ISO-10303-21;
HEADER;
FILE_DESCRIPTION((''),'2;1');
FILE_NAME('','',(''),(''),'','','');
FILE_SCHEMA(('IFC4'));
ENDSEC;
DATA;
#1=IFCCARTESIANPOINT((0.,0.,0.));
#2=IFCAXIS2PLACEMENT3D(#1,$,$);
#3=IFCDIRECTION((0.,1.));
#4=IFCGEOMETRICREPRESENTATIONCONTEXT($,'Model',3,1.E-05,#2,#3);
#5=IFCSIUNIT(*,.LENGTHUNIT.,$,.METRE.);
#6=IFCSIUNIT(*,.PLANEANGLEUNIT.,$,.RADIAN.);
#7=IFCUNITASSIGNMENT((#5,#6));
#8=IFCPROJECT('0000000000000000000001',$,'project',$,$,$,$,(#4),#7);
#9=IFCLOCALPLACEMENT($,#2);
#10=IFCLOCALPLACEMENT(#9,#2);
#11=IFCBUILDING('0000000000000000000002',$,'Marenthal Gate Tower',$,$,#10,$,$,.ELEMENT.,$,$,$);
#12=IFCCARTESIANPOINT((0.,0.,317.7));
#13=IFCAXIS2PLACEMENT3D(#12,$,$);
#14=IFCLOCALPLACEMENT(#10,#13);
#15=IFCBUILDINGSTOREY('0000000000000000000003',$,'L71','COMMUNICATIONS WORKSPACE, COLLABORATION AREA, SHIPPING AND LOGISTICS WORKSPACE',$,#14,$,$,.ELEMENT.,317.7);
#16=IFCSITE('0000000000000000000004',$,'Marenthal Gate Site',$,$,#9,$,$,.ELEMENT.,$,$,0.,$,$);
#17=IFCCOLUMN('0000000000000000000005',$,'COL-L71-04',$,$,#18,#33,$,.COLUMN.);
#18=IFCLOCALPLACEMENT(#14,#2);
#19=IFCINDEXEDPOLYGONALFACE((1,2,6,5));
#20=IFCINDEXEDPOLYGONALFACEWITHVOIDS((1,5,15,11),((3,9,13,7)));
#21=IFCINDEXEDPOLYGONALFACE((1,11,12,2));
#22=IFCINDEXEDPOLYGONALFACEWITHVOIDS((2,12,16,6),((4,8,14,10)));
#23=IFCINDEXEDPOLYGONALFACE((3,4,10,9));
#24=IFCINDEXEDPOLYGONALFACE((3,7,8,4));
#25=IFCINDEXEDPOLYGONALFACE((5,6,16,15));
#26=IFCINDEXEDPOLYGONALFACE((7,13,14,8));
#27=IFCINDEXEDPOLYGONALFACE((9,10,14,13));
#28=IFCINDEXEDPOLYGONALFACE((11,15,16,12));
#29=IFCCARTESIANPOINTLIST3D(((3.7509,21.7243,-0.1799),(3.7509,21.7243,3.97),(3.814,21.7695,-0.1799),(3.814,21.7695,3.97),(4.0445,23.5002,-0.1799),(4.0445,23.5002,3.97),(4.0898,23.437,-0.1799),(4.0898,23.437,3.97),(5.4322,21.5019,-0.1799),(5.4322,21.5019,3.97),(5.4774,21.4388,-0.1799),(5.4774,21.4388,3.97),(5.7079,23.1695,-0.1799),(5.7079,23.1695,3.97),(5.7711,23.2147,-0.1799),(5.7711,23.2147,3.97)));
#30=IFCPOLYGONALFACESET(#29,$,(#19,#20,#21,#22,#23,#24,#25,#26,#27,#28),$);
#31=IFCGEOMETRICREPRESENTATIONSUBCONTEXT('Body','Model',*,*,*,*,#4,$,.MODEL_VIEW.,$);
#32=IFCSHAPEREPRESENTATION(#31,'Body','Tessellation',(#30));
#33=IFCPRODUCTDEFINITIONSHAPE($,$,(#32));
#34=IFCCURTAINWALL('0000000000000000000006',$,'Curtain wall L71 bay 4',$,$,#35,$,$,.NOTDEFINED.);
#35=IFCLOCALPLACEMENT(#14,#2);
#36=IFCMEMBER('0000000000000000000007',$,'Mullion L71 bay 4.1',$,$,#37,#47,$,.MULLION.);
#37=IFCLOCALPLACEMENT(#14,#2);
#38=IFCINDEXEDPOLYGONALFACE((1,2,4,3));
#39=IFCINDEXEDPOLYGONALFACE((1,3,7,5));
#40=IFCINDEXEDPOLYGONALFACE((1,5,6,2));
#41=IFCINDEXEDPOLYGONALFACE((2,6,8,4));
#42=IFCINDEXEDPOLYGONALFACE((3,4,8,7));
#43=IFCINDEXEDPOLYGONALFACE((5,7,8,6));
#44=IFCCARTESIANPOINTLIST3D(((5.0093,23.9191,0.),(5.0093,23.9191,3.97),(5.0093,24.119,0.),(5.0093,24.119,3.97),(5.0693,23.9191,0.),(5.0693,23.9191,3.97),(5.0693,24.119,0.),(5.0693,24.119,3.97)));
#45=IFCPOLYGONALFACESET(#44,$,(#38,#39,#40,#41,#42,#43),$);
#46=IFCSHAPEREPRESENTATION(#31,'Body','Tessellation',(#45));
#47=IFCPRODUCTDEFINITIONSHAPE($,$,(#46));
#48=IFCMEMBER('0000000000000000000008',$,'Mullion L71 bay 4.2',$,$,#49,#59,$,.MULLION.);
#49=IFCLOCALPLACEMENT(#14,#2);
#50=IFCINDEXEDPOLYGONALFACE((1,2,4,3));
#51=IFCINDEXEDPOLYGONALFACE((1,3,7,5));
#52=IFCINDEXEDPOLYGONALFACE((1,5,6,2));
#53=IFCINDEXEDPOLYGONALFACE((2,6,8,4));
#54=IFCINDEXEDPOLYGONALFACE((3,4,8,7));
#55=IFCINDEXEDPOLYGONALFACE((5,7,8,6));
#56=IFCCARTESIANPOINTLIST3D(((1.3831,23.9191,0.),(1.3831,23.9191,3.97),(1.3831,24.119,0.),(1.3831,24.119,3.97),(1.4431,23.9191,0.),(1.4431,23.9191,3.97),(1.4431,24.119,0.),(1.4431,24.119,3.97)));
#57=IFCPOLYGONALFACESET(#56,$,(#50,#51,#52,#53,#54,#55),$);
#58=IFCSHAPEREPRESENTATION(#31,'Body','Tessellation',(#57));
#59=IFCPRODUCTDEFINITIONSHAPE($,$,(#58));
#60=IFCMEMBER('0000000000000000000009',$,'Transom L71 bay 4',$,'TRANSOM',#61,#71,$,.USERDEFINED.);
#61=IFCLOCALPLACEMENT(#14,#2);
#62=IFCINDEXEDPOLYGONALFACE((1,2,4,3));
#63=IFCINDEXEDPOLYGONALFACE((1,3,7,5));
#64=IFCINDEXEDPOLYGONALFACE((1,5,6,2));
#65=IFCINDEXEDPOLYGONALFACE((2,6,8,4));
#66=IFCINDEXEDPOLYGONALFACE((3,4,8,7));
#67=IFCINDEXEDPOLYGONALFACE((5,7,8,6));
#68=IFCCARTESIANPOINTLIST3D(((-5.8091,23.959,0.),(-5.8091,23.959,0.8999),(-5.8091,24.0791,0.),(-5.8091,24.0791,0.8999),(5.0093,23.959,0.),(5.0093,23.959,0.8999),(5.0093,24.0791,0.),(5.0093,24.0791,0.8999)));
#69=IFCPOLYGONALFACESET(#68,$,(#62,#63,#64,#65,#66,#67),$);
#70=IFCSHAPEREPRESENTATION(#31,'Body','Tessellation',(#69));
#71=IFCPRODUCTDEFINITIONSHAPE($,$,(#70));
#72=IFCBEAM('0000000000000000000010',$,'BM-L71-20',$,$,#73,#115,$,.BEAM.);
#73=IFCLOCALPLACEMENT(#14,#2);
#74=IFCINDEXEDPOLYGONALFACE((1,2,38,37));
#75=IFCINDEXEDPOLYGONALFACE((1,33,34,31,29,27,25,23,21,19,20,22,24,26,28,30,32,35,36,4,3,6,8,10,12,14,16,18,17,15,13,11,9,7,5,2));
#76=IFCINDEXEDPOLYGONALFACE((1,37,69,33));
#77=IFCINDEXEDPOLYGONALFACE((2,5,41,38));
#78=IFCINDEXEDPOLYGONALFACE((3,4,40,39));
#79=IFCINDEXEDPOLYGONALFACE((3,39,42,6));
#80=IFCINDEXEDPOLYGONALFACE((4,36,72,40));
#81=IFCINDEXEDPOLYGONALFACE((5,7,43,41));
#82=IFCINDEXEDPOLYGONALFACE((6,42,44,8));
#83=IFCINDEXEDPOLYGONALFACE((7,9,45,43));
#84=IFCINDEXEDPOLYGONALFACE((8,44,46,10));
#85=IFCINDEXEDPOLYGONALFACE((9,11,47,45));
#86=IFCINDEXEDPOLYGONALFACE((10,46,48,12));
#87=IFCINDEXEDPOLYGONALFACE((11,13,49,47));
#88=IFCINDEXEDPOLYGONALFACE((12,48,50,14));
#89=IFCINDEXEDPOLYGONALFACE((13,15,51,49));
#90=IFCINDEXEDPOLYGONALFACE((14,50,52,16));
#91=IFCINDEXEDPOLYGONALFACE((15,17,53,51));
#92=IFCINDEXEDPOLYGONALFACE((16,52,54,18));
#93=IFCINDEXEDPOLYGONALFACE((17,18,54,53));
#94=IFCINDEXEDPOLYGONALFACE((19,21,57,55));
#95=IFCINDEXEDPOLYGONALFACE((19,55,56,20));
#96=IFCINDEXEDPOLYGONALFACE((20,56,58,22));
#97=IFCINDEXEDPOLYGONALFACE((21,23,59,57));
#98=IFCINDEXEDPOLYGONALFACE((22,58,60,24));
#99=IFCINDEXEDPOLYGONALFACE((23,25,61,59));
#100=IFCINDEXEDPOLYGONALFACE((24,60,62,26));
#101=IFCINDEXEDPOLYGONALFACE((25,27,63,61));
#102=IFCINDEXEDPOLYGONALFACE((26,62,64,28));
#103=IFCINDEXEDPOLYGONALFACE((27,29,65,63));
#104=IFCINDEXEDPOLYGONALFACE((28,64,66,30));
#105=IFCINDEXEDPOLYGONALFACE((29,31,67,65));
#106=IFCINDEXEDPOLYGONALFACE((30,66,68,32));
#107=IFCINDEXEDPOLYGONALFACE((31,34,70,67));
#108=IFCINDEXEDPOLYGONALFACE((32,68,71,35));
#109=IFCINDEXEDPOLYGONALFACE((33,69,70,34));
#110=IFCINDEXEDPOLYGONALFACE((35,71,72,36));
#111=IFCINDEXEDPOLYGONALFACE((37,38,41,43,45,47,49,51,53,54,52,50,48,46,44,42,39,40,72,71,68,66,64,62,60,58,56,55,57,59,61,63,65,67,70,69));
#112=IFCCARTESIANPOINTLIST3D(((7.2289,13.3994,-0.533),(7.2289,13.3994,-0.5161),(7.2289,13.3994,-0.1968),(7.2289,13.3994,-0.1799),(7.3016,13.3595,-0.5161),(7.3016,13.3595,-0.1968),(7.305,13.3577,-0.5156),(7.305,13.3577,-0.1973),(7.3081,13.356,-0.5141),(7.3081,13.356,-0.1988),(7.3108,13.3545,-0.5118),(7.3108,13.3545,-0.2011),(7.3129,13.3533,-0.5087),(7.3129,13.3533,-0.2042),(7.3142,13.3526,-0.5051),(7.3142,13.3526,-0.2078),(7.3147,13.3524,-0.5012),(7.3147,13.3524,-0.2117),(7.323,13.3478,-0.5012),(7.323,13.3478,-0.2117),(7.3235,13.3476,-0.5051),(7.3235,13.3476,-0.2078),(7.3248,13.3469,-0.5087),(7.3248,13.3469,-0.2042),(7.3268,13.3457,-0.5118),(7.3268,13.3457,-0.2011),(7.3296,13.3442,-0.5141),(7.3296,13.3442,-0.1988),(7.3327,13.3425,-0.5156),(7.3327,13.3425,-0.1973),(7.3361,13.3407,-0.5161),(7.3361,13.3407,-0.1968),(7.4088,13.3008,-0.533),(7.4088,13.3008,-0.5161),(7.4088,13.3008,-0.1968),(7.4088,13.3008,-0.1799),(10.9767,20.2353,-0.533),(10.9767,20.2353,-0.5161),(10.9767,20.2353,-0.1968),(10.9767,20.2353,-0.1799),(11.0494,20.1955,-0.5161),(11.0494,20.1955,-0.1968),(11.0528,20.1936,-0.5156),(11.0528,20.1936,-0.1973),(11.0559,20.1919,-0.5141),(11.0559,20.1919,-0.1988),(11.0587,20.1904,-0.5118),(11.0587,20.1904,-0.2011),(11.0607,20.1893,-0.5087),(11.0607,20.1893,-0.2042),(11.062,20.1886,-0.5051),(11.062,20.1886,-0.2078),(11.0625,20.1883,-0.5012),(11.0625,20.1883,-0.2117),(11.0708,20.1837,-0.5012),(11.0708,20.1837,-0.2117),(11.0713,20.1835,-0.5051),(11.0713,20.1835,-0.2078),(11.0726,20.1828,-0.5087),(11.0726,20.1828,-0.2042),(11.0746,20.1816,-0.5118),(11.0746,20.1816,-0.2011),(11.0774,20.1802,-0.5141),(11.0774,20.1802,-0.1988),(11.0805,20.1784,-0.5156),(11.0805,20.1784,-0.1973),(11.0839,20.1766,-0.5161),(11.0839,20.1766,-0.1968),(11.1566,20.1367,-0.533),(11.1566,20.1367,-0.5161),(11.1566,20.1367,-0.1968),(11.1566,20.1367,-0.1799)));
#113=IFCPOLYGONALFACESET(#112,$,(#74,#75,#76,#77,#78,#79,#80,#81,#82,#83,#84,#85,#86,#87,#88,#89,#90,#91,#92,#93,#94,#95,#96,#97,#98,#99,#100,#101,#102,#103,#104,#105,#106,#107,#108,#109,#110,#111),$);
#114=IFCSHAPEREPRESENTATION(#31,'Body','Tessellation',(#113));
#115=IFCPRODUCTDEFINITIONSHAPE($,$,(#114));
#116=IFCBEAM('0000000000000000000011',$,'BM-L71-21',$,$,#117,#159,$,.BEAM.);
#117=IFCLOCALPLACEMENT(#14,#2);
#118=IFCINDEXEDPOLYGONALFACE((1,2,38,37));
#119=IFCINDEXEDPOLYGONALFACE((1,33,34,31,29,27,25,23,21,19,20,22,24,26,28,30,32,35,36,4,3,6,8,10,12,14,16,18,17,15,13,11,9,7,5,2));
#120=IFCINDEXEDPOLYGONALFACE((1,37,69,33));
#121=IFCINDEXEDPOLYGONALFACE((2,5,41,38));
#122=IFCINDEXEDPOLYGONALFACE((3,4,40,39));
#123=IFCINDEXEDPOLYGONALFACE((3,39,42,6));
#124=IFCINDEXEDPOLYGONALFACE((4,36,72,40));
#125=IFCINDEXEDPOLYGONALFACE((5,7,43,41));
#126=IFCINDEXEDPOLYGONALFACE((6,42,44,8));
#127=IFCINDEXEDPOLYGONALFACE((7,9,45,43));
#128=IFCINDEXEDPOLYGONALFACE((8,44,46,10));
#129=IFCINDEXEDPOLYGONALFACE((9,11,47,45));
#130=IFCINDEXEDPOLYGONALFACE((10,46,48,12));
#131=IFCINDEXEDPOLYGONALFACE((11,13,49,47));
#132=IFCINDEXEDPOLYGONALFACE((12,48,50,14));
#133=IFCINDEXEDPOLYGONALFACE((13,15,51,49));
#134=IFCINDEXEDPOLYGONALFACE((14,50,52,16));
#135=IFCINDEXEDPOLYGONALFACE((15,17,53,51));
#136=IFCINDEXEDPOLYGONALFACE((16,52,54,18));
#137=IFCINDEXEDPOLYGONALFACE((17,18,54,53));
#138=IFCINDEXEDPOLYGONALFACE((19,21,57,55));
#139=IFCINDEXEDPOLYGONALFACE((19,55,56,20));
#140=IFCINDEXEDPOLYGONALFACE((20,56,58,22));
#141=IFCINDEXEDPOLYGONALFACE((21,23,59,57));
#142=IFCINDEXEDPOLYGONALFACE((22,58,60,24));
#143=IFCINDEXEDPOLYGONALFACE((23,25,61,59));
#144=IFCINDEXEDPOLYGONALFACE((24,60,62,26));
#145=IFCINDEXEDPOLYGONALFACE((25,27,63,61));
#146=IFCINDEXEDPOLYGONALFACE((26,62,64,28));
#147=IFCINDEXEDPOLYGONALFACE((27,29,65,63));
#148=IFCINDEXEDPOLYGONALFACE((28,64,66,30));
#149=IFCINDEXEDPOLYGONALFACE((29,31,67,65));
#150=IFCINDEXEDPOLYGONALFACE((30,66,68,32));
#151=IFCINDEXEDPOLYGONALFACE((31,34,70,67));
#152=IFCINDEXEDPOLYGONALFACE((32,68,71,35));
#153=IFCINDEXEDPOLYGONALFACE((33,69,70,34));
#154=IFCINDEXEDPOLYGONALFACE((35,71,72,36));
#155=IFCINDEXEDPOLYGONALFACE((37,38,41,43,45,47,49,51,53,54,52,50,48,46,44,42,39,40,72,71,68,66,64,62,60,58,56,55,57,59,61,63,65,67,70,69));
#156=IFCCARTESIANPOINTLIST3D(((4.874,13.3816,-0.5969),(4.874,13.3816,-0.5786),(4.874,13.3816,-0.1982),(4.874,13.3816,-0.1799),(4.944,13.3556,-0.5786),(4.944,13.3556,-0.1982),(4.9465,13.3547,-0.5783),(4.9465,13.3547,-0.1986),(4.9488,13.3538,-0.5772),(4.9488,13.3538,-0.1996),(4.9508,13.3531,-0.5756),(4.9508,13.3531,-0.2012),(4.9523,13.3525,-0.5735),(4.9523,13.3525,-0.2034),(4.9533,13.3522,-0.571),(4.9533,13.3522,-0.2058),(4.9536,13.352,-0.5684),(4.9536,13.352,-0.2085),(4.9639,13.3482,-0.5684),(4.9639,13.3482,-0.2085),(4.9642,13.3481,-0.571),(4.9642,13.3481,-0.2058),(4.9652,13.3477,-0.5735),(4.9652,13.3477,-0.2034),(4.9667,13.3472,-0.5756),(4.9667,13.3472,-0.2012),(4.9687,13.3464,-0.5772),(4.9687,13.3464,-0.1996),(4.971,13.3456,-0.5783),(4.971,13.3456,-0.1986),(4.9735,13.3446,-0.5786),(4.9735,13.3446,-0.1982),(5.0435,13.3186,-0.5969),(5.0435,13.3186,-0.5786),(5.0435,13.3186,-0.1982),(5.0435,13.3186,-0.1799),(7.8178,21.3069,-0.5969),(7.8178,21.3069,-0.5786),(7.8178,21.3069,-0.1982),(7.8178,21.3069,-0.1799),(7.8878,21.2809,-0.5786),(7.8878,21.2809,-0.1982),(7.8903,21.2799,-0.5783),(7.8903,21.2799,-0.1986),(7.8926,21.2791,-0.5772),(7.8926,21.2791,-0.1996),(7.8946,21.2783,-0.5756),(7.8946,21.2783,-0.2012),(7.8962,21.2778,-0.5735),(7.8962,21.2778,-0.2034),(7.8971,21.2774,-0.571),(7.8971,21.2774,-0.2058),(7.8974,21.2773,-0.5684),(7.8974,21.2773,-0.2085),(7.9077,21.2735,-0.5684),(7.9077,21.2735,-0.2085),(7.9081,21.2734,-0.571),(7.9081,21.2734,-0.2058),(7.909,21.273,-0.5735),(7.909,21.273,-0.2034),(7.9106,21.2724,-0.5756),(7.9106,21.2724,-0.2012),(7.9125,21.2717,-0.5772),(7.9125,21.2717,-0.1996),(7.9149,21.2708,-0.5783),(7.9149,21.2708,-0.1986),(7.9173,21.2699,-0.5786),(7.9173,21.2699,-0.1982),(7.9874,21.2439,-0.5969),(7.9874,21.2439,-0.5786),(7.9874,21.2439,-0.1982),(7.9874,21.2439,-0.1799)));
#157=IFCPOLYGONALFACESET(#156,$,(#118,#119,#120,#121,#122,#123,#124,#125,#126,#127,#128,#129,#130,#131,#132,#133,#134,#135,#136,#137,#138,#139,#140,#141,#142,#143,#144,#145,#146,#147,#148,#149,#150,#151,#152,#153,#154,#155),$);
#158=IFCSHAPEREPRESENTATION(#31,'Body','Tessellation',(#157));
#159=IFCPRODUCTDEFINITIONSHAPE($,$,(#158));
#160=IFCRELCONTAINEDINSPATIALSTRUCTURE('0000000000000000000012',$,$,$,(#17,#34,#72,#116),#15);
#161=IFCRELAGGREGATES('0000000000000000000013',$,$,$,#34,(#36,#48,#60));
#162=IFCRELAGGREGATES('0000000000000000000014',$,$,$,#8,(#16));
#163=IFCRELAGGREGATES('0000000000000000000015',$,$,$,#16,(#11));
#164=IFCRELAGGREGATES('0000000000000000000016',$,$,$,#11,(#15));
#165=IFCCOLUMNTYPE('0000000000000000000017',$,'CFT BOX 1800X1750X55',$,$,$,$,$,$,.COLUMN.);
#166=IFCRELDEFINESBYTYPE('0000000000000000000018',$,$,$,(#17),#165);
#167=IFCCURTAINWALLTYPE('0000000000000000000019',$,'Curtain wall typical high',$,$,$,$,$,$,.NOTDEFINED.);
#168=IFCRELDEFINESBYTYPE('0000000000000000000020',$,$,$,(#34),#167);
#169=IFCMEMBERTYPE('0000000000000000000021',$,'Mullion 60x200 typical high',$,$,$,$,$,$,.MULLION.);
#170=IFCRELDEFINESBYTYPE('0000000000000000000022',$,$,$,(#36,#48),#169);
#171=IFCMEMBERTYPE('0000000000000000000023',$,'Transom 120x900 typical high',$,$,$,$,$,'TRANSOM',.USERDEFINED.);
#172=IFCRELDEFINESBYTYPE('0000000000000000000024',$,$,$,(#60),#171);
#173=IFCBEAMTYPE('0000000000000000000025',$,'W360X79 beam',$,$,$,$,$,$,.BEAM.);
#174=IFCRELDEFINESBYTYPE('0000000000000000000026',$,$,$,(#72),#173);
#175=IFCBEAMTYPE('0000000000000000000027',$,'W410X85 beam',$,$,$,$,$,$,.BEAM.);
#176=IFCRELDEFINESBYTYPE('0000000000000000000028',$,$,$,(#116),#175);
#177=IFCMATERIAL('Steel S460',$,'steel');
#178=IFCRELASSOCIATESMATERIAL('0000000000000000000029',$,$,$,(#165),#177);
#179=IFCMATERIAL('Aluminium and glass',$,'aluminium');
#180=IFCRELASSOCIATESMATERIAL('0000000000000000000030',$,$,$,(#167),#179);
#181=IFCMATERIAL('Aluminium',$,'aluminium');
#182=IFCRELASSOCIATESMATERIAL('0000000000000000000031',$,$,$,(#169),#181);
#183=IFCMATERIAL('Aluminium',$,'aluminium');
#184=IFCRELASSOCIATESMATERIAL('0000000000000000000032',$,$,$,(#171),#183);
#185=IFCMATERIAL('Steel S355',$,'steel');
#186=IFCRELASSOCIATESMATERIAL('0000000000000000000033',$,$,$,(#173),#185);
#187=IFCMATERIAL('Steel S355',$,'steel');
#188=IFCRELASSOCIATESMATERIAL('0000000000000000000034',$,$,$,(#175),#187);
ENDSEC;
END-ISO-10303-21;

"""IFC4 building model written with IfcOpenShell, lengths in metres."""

from ifc_helpers import new_model, si_unit, direction, frame, origin, origin_2d, place, context, subcontext, project, spatial, rectangle, hollow_rectangle, i_section, extrude, material, material_profile, profile_set, type_object, element, aggregate, save


model = new_model("IFC4")

# Units and contexts
model_context = context("Model", 3, precision=1e-05, world=origin(), true_north=direction((0.0, 1.0)))
body_context = subcontext(model_context, "Body", "Model", "MODEL_VIEW")
ifc_project = project(units=[si_unit("LENGTHUNIT", "METRE"), si_unit("PLANEANGLEUNIT", "RADIAN")], contexts=[model_context])

# Site, building, storey
site_placement = place(None, origin())
site = spatial("IfcSite", under=ifc_project, at=site_placement, Name="Marenthal Gate Site", CompositionType="ELEMENT", RefElevation=0.0)
building_placement = place(site_placement, origin())
building = spatial("IfcBuilding", under=site, at=building_placement, Name="Marenthal Gate Tower", CompositionType="ELEMENT")
storey_placement = place(building_placement, frame((0.0, 0.0, 317.7)))
storey = spatial("IfcBuildingStorey", under=building, at=storey_placement, Name="L71", Description="COMMUNICATIONS WORKSPACE, COLLABORATION AREA, SHIPPING AND LOGISTICS WORKSPACE", CompositionType="ELEMENT", Elevation=317.7)

# Column
ifc_material_1 = material(Name="Steel S460", Category="steel")
ifc_material_profile_1 = material_profile(ifc_material_1, hollow_rectangle(XDim=1.75, YDim=1.8, WallThickness=0.0549, at=origin_2d()), Name="CFT BOX 1800X1750X55")
ifc_material_2 = material(Name="Concrete 70 MPa", Category="concrete")
ifc_material_profile_2 = material_profile(ifc_material_2, rectangle(XDim=1.6399, YDim=1.6899, at=origin_2d()), Name="CFT BOX 1800X1750X55 INFILL")
ifc_profile_set_1 = profile_set([ifc_material_profile_1, ifc_material_profile_2], Name="Steel S460 shell, Concrete 70 MPa infill")
column_type = type_object("IfcColumnType", Name="CFT BOX 1800X1750X55", PredefinedType="COLUMN", material=ifc_profile_set_1)
column_placement = place(storey_placement, frame((4.761, 22.4695, -0.1799), z_axis=(0.0, 0.0, 1.0), x_axis=(0.986602, -0.163147, 0.0)))
element("IfcColumn", 1, at=column_placement, inside=storey, type_object=column_type, Name="COL-L71-04", PredefinedType="COLUMN", context=body_context, shape_type="SweptSolid", body=[
    extrude(hollow_rectangle(XDim=1.75, YDim=1.8, WallThickness=0.0549, at=origin_2d()), origin(), (0.0, 0.0, 1.0), 4.1499),
])

# Curtain wall, members
ifc_material_3 = material(Name="Aluminium and glass", Category="aluminium")
curtain_wall_type = type_object("IfcCurtainWallType", Name="Curtain wall typical high", PredefinedType="NOTDEFINED", material=ifc_material_3)
curtain_wall_placement = place(storey_placement, origin())
curtain_wall = element("IfcCurtainWall", 2, at=curtain_wall_placement, inside=storey, type_object=curtain_wall_type, Name="Curtain wall L71 bay 4", PredefinedType="NOTDEFINED")
ifc_material_4 = material(Name="Aluminium", Category="aluminium")
ifc_material_profile_3 = material_profile(ifc_material_4, rectangle(XDim=0.2, YDim=0.0601, at=origin_2d()), Name="60x200 aluminium mullion")
ifc_profile_set_2 = profile_set([ifc_material_profile_3], Name="Aluminium")
member_type_1 = type_object("IfcMemberType", Name="Mullion 60x200 typical high", PredefinedType="MULLION", material=ifc_profile_set_2)
member_1_placement = place(storey_placement, frame((5.0393, 24.019, 0.0), z_axis=(0.0, 0.0, 1.0), x_axis=(0.0, -1.0, 0.0)))
member_1 = element("IfcMember", 3, at=member_1_placement, type_object=member_type_1, Name="Mullion L71 bay 4.1", PredefinedType="MULLION", context=body_context, shape_type="SweptSolid", body=[
    extrude(rectangle(XDim=0.2, YDim=0.0601, at=origin_2d()), origin(), (0.0, 0.0, 1.0), 3.97),
])
member_2_placement = place(storey_placement, frame((1.4131, 24.019, 0.0), z_axis=(0.0, 0.0, 1.0), x_axis=(0.0, -1.0, 0.0)))
member_2 = element("IfcMember", 4, at=member_2_placement, type_object=member_type_1, Name="Mullion L71 bay 4.2", PredefinedType="MULLION", context=body_context, shape_type="SweptSolid", body=[
    extrude(rectangle(XDim=0.2, YDim=0.0601, at=origin_2d()), origin(), (0.0, 0.0, 1.0), 3.97),
])
ifc_material_5 = material(Name="Aluminium", Category="aluminium")
ifc_material_profile_4 = material_profile(ifc_material_5, rectangle(XDim=0.1201, YDim=0.8999, at=origin_2d()), Name="120x900 aluminium transom")
ifc_profile_set_3 = profile_set([ifc_material_profile_4], Name="Aluminium")
member_type_2 = type_object("IfcMemberType", Name="Transom 120x900 typical high", ElementType="TRANSOM", PredefinedType="USERDEFINED", material=ifc_profile_set_3)
member_3_placement = place(storey_placement, frame((5.0093, 24.019, 0.45), z_axis=(-1.0, 0.0, 0.0), x_axis=(0.0, -1.0, 0.0)))
member_3 = element("IfcMember", 5, at=member_3_placement, type_object=member_type_2, Name="Transom L71 bay 4", ObjectType="TRANSOM", PredefinedType="USERDEFINED", context=body_context, shape_type="SweptSolid", body=[
    extrude(rectangle(XDim=0.1201, YDim=0.8999, at=origin_2d()), origin(), (0.0, 0.0, 1.0), 10.8184),
])

# Beams
ifc_material_6 = material(Name="Steel S355", Category="steel")
ifc_material_profile_5 = material_profile(ifc_material_6, i_section(OverallWidth=0.2051, OverallDepth=0.353, WebThickness=0.0095, FlangeThickness=0.0168, FilletRadius=0.0149, at=origin_2d()), Name="W360X79")
ifc_profile_set_4 = profile_set([ifc_material_profile_5], Name="Steel S355")
beam_type_1 = type_object("IfcBeamType", Name="W360X79 beam", PredefinedType="BEAM", material=ifc_profile_set_4)
beam_1_placement = place(storey_placement, frame((11.0667, 20.186, -0.3564), z_axis=(-0.48074, -0.876863, 0.0), x_axis=(0.876863, -0.48074, 0.0)))
element("IfcBeam", 6, at=beam_1_placement, inside=storey, type_object=beam_type_1, Name="BM-L71-20", PredefinedType="BEAM", context=body_context, shape_type="SweptSolid", body=[
    extrude(i_section(OverallWidth=0.2051, OverallDepth=0.353, WebThickness=0.0095, FlangeThickness=0.0168, FilletRadius=0.0149, at=origin_2d()), origin(), (0.0, 0.0, 1.0), 7.7959),
])
ifc_material_7 = material(Name="Steel S355", Category="steel")
ifc_material_profile_6 = material_profile(ifc_material_7, i_section(OverallWidth=0.1809, OverallDepth=0.417, WebThickness=0.011, FlangeThickness=0.0183, FilletRadius=0.0103, at=origin_2d()), Name="W410X85")
ifc_profile_set_5 = profile_set([ifc_material_profile_6], Name="Steel S355")
beam_type_2 = type_object("IfcBeamType", Name="W410X85 beam", PredefinedType="BEAM", material=ifc_profile_set_5)
beam_2_placement = place(storey_placement, frame((7.9026, 21.2754, -0.3884), z_axis=(-0.348204, -0.937419, 0.0), x_axis=(0.937419, -0.348204, 0.0)))
element("IfcBeam", 7, at=beam_2_placement, inside=storey, type_object=beam_type_2, Name="BM-L71-21", PredefinedType="BEAM", context=body_context, shape_type="SweptSolid", body=[
    extrude(i_section(OverallWidth=0.1809, OverallDepth=0.417, WebThickness=0.011, FlangeThickness=0.0183, FilletRadius=0.0103, at=origin_2d()), origin(), (0.0, 0.0, 1.0), 8.4543),
])

aggregate(curtain_wall, [member_1, member_2, member_3])

save(model, "model.ifc")
